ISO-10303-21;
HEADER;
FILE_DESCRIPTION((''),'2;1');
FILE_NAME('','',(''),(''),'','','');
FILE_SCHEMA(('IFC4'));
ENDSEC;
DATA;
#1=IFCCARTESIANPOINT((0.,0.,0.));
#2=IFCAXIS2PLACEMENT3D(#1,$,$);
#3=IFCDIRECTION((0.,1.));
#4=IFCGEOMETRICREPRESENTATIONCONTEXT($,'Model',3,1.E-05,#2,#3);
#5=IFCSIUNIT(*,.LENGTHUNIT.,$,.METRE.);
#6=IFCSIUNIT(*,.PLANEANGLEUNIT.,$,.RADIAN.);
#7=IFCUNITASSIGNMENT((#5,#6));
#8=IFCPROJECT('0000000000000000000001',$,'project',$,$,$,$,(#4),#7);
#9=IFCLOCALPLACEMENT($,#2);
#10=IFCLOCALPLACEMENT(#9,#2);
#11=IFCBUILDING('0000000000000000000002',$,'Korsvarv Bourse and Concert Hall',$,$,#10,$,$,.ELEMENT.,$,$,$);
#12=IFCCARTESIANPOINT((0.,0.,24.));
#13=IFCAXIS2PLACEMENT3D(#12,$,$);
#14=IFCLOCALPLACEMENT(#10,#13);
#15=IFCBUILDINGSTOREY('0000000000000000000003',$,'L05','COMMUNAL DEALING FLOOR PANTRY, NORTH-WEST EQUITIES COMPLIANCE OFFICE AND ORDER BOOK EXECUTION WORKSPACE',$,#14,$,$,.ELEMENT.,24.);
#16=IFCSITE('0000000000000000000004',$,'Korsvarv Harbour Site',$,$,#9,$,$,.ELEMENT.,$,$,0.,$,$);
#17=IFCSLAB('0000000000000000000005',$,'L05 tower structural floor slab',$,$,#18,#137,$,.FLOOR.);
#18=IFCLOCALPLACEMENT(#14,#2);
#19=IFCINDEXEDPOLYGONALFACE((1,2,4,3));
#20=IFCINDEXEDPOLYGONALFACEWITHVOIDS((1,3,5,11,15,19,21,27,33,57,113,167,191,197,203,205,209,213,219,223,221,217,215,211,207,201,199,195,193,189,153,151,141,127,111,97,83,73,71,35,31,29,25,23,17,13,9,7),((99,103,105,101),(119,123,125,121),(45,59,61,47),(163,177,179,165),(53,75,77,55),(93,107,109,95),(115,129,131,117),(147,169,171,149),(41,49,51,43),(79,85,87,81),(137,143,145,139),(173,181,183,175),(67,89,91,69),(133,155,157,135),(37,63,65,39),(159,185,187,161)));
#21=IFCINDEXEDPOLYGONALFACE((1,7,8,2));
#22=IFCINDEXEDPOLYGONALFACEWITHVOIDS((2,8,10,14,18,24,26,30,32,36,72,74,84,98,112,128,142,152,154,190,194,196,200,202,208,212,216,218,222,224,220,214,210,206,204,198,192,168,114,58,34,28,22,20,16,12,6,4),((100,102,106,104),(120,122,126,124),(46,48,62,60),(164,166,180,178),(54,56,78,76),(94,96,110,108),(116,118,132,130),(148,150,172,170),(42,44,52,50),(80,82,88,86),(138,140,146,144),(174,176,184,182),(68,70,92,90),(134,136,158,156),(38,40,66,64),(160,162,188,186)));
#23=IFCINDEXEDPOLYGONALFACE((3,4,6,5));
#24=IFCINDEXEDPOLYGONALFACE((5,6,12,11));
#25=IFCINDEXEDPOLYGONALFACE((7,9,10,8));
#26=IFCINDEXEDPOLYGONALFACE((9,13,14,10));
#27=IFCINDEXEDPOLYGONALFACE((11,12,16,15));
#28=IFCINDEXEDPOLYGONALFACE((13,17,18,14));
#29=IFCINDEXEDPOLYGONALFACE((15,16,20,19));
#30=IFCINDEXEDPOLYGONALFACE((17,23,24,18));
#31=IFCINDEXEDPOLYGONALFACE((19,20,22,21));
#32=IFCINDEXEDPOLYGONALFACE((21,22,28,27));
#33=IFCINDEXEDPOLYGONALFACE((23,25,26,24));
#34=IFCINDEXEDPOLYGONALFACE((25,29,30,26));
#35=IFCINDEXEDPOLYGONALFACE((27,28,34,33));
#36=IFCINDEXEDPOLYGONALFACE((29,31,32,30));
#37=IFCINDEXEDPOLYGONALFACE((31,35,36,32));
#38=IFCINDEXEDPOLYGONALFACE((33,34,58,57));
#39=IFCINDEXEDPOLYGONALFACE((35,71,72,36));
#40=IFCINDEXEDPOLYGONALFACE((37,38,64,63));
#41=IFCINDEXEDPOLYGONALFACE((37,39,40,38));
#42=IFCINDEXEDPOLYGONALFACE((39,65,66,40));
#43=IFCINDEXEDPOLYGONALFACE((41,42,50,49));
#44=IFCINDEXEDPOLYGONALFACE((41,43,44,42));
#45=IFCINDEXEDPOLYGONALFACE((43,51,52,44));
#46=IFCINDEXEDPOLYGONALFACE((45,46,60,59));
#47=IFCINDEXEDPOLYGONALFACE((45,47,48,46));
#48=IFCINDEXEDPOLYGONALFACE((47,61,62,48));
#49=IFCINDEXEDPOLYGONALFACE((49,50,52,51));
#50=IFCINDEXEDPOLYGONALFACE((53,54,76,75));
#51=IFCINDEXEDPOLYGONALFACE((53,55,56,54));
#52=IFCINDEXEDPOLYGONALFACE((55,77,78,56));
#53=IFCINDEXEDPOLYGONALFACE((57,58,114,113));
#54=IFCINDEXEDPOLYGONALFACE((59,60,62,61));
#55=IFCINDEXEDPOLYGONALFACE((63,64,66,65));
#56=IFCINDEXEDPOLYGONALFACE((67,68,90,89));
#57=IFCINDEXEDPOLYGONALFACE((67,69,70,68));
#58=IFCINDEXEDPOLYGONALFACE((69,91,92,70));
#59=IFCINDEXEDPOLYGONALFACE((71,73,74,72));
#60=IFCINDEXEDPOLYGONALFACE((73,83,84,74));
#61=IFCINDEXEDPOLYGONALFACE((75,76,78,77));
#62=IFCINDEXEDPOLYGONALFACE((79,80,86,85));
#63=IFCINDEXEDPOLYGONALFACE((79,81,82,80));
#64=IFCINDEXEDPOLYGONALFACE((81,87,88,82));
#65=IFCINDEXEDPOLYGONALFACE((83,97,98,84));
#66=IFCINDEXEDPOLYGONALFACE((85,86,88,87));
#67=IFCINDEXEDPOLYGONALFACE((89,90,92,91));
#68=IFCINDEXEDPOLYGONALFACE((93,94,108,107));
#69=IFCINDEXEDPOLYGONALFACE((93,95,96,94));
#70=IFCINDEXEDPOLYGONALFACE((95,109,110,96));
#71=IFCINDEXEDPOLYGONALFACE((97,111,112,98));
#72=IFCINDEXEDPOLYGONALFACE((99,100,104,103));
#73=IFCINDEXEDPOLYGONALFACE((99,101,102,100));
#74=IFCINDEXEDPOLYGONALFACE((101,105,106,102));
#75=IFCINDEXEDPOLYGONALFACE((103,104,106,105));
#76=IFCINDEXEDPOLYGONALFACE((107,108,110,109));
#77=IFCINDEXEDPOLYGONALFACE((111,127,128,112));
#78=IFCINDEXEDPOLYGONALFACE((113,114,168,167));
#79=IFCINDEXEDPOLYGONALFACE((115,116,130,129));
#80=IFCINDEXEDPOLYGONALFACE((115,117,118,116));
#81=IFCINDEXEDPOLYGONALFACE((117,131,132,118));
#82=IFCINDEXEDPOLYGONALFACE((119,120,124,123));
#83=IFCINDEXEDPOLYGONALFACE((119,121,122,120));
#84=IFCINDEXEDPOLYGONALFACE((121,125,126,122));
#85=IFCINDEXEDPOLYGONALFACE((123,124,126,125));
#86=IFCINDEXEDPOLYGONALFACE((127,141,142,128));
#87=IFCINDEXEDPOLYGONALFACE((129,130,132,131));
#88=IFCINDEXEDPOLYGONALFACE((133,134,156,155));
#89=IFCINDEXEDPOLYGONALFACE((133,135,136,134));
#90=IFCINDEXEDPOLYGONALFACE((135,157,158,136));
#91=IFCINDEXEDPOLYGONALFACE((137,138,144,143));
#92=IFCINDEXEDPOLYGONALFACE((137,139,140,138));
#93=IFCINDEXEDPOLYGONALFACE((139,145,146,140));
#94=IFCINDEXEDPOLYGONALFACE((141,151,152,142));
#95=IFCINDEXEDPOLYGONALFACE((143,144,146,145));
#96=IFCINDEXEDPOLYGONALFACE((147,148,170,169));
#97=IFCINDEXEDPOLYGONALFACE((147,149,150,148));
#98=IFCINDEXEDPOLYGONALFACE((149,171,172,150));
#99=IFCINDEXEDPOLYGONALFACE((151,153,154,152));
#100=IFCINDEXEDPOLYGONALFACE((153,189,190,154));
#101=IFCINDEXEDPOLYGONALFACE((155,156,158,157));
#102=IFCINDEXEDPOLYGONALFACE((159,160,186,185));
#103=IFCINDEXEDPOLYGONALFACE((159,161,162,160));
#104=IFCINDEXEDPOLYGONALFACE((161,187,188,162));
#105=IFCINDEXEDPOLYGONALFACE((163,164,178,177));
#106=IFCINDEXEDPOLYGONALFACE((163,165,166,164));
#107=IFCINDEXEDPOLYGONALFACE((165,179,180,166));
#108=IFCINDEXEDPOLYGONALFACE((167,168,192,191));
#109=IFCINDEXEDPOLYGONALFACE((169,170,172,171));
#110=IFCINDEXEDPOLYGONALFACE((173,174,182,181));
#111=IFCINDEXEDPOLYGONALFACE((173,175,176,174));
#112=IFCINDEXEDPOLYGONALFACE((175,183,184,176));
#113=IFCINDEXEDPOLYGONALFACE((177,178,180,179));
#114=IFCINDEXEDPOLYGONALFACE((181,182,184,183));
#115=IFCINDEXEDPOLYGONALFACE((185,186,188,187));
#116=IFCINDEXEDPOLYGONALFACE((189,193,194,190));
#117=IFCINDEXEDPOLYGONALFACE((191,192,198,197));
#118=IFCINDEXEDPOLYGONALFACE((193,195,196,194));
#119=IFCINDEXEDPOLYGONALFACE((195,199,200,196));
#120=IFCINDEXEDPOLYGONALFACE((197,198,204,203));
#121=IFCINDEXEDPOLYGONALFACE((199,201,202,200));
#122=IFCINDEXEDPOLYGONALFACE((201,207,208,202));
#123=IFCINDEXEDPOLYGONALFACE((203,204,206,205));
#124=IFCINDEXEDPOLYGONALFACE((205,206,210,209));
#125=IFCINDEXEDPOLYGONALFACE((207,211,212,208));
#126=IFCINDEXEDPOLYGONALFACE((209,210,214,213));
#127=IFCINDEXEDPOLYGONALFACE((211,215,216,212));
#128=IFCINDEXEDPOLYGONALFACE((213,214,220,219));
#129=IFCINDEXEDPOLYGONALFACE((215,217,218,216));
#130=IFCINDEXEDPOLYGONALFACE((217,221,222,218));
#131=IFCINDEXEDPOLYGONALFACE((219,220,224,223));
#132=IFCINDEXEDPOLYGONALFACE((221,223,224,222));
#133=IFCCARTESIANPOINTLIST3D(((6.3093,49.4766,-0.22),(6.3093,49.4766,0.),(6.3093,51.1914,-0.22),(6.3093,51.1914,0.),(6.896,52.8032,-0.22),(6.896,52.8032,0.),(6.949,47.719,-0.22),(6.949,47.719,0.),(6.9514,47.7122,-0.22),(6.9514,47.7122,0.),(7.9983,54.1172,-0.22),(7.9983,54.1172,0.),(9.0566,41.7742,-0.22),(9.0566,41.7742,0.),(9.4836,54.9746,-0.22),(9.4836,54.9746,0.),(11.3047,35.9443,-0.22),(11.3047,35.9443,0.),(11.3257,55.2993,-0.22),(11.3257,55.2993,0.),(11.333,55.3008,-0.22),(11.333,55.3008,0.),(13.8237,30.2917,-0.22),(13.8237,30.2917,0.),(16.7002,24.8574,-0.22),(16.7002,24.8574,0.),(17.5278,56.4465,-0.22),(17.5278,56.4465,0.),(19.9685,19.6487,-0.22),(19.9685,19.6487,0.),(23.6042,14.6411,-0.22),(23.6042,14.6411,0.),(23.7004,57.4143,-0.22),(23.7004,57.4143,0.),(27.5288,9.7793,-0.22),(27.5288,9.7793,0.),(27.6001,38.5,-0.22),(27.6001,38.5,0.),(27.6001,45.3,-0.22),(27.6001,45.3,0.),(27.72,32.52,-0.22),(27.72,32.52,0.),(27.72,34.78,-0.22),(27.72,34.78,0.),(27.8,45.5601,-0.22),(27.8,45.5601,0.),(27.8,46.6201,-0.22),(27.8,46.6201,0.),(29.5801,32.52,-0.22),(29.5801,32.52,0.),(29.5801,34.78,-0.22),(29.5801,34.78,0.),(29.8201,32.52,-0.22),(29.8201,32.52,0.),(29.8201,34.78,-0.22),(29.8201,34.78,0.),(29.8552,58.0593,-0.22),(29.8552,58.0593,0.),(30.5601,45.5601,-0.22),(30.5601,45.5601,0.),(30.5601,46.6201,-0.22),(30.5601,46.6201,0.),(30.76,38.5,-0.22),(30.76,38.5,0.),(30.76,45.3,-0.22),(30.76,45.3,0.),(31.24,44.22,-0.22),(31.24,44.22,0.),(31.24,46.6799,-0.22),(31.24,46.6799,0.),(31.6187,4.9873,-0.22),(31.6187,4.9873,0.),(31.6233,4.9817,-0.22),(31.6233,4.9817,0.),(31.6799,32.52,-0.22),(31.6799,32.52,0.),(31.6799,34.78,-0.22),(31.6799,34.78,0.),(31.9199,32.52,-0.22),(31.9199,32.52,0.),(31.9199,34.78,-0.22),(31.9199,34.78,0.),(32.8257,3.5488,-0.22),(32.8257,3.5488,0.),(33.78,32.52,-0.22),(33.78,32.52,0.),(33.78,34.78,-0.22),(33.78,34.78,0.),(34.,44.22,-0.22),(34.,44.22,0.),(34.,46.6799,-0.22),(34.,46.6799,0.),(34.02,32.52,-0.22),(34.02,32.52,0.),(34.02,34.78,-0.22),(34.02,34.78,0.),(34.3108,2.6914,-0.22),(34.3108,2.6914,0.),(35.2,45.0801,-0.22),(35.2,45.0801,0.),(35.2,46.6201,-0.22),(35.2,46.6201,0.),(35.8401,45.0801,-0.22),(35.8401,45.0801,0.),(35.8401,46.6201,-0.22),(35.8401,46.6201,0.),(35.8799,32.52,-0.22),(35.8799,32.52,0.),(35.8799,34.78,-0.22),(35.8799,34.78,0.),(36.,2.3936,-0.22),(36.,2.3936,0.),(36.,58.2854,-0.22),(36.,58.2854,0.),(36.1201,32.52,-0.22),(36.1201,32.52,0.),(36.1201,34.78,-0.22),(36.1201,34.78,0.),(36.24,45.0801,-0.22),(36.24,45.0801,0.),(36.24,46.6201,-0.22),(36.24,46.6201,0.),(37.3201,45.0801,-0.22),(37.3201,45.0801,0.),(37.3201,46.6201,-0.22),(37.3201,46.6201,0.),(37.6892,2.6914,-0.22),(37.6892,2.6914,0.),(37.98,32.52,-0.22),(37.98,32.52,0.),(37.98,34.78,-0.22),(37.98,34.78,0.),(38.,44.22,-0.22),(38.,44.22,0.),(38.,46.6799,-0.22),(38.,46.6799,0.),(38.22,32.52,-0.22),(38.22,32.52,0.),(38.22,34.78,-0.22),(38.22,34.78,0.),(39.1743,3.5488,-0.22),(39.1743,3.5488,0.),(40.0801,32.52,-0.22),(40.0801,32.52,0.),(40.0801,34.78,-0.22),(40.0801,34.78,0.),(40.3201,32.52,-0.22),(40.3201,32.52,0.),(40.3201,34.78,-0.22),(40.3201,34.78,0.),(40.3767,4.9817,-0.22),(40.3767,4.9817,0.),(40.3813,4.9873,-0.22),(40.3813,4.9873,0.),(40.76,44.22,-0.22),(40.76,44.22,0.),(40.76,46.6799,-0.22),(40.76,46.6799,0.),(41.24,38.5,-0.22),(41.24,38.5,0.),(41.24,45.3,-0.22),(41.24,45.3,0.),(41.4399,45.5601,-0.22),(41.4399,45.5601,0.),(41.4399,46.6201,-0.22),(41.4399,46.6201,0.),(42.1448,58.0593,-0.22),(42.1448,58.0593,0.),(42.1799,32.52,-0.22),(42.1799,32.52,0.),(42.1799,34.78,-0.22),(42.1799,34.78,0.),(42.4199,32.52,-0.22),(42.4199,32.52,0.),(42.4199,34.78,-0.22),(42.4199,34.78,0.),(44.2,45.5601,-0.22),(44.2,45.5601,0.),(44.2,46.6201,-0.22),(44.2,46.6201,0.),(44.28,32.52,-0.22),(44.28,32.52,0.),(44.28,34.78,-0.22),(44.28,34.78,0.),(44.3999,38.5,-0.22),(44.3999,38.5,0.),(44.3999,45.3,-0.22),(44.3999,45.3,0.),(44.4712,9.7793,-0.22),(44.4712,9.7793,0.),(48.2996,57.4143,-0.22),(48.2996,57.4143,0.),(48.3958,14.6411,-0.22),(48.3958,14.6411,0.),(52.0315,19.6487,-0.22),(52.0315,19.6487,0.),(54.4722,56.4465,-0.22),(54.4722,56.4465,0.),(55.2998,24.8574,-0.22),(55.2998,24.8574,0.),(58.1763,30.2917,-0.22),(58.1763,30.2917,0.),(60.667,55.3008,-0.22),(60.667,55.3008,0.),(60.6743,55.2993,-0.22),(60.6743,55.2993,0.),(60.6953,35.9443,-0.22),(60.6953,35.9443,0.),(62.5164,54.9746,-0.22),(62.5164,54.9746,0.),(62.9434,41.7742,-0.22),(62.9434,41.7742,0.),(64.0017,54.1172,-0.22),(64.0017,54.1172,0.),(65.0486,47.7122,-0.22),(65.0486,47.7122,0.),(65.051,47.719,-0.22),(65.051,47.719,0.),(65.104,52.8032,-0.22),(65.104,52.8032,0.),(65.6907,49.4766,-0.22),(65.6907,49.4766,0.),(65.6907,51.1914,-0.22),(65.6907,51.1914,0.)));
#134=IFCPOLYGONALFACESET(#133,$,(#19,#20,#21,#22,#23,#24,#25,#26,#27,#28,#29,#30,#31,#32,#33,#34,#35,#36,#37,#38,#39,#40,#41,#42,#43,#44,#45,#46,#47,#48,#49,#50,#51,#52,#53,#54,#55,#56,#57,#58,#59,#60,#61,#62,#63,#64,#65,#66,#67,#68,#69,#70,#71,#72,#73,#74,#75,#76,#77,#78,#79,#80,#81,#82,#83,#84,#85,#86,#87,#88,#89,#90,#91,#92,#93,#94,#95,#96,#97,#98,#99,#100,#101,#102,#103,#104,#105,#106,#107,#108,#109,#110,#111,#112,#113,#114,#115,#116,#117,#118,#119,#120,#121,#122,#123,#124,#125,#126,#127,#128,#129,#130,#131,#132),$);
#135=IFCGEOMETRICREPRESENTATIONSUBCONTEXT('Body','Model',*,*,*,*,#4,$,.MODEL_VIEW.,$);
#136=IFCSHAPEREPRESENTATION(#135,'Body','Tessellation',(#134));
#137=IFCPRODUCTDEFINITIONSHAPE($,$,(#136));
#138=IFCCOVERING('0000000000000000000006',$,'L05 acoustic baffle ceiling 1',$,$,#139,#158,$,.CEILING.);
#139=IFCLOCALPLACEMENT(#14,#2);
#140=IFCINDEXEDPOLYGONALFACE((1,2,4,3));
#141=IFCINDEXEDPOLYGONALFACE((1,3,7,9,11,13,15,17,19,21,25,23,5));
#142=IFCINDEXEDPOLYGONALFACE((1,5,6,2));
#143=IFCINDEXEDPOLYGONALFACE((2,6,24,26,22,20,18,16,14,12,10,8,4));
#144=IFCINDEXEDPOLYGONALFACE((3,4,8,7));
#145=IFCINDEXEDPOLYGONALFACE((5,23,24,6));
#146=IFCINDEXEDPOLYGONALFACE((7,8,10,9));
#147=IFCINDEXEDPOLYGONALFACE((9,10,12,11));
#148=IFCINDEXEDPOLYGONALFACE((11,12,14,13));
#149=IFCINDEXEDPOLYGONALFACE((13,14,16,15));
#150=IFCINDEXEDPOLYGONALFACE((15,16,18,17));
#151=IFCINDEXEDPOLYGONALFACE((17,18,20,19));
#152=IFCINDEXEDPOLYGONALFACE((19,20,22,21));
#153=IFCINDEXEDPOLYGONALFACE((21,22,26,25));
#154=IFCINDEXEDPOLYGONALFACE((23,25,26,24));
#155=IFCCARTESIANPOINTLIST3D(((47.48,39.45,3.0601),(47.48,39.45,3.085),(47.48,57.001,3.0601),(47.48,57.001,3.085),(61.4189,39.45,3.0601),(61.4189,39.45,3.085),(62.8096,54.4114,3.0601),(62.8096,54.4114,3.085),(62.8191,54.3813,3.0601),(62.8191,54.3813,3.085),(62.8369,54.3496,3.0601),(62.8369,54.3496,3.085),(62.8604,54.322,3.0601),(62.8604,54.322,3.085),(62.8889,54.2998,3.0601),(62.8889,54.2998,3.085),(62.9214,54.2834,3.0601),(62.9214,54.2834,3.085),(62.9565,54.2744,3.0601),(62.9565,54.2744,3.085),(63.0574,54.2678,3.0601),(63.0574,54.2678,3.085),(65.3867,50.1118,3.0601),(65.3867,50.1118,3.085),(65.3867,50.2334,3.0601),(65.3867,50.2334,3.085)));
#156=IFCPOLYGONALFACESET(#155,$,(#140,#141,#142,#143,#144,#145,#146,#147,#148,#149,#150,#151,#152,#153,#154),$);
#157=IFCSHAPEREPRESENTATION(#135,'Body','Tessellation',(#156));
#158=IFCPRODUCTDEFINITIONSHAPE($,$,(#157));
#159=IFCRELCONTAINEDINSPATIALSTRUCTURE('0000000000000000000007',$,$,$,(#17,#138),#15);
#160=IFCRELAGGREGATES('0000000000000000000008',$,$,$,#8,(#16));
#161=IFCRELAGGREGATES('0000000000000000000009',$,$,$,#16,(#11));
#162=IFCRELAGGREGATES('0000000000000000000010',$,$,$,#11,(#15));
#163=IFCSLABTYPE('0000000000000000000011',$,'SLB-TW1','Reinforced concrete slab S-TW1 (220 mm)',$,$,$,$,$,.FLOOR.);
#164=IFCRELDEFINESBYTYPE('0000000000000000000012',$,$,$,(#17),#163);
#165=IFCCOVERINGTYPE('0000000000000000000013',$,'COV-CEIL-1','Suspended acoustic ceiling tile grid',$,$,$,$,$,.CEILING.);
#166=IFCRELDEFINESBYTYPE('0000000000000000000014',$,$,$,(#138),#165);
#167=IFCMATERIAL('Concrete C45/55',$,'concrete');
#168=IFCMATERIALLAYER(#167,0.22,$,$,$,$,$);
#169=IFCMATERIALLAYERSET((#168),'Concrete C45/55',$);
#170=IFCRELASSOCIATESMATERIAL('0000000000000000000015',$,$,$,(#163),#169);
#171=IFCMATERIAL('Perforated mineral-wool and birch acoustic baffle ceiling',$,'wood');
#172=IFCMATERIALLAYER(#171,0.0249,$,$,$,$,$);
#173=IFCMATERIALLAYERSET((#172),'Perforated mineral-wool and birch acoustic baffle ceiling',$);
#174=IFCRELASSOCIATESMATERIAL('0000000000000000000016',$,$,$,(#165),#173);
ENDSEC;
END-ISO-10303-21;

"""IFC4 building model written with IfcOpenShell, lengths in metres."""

from ifc_helpers import new_model, si_unit, direction, frame, origin, place, context, subcontext, project, spatial, polyline, outline, extrude, material, layer, layer_set, type_object, element, save


model = new_model("IFC4")

# Units and contexts
model_context = context("Model", 3, precision=1e-05, world=origin(), true_north=direction((0.0, 1.0)))
body_context = subcontext(model_context, "Body", "Model", "MODEL_VIEW")
ifc_project = project(units=[si_unit("LENGTHUNIT", "METRE"), si_unit("PLANEANGLEUNIT", "RADIAN")], contexts=[model_context])

# Site, building, storey
site_placement = place(None, origin())
site = spatial("IfcSite", under=ifc_project, at=site_placement, Name="Korsvarv Harbour Site", CompositionType="ELEMENT", RefElevation=0.0)
building_placement = place(site_placement, origin())
building = spatial("IfcBuilding", under=site, at=building_placement, Name="Korsvarv Bourse and Concert Hall", CompositionType="ELEMENT")
storey_placement = place(building_placement, frame((0.0, 0.0, 24.0)))
storey = spatial("IfcBuildingStorey", under=building, at=storey_placement, Name="L05", Description="COMMUNAL DEALING FLOOR PANTRY, NORTH-WEST EQUITIES COMPLIANCE OFFICE AND ORDER BOOK EXECUTION WORKSPACE", CompositionType="ELEMENT", Elevation=24.0)

# Shared definitions
ifc_material_1 = material(Name="Concrete C45/55", Category="concrete")

# Slab
ifc_layer_1 = layer(ifc_material_1, 0.22)
ifc_layer_set_1 = layer_set([ifc_layer_1], Name="Concrete C45/55")
slab_type_1 = type_object("IfcSlabType", Name="SLB-TW1", Description="Reinforced concrete slab S-TW1 (220 mm)", PredefinedType="FLOOR", material=ifc_layer_set_1)
slab_1_placement = place(storey_placement, frame((0.0, 0.0, -0.22)))
element("IfcSlab", 1, at=slab_1_placement, inside=storey, type_object=slab_type_1, Name="L05 tower structural floor slab", PredefinedType="FLOOR", context=body_context, shape_type="SweptSolid", body=[
    extrude(outline(polyline([(65.0486, 47.7122), (62.9434, 41.7742), (60.6953, 35.9443), (58.1763, 30.2917), (55.2998, 24.8574), (52.0315, 19.6487), (48.3958, 14.6411), (44.4712, 9.7793), (40.3813, 4.9873), (40.3767, 4.9817), (39.1743, 3.5488), (37.6892, 2.6914), (36.0, 2.3936), (34.3108, 2.6914), (32.8257, 3.5488), (31.6233, 4.9817), (31.6187, 4.9873), (27.5288, 9.7793), (23.6042, 14.6411), (19.9685, 19.6487), (16.7002, 24.8574), (13.8237, 30.2917), (11.3047, 35.9443), (9.0566, 41.7742), (6.9514, 47.7122), (6.949, 47.719), (6.3093, 49.4766), (6.3093, 51.1914), (6.896, 52.8032), (7.9983, 54.1172), (9.4836, 54.9746), (11.3257, 55.2993), (11.333, 55.3008), (17.5278, 56.4465), (23.7004, 57.4143), (29.8552, 58.0593), (36.0, 58.2854), (42.1448, 58.0593), (48.2996, 57.4143), (54.4722, 56.4465), (60.667, 55.3008), (60.6743, 55.2993), (62.5164, 54.9746), (64.0017, 54.1172), (65.104, 52.8032), (65.6907, 51.1914), (65.6907, 49.4766), (65.051, 47.719), (65.0486, 47.7122)]), holes=[polyline([(30.76, 38.5), (30.76, 45.3), (27.6001, 45.3), (27.6001, 38.5), (30.76, 38.5)]), polyline([(44.3999, 38.5), (44.3999, 45.3), (41.24, 45.3), (41.24, 38.5), (44.3999, 38.5)]), polyline([(31.24, 44.22), (34.0, 44.22), (34.0, 46.6799), (31.24, 46.6799), (31.24, 44.22)]), polyline([(38.0, 44.22), (40.76, 44.22), (40.76, 46.6799), (38.0, 46.6799), (38.0, 44.22)]), polyline([(27.72, 32.52), (29.5801, 32.52), (29.5801, 34.78), (27.72, 34.78), (27.72, 32.52)]), polyline([(29.8201, 32.52), (31.6799, 32.52), (31.6799, 34.78), (29.8201, 34.78), (29.8201, 32.52)]), polyline([(31.9199, 32.52), (33.78, 32.52), (33.78, 34.78), (31.9199, 34.78), (31.9199, 32.52)]), polyline([(34.02, 32.52), (35.8799, 32.52), (35.8799, 34.78), (34.02, 34.78), (34.02, 32.52)]), polyline([(36.1201, 32.52), (37.98, 32.52), (37.98, 34.78), (36.1201, 34.78), (36.1201, 32.52)]), polyline([(38.22, 32.52), (40.0801, 32.52), (40.0801, 34.78), (38.22, 34.78), (38.22, 32.52)]), polyline([(40.3201, 32.52), (42.1799, 32.52), (42.1799, 34.78), (40.3201, 34.78), (40.3201, 32.52)]), polyline([(42.4199, 32.52), (44.28, 32.52), (44.28, 34.78), (42.4199, 34.78), (42.4199, 32.52)]), polyline([(27.8, 45.5601), (30.5601, 45.5601), (30.5601, 46.6201), (27.8, 46.6201), (27.8, 45.5601)]), polyline([(41.4399, 45.5601), (44.2, 45.5601), (44.2, 46.6201), (41.4399, 46.6201), (41.4399, 45.5601)]), polyline([(35.2, 45.0801), (35.8401, 45.0801), (35.8401, 46.6201), (35.2, 46.6201), (35.2, 45.0801)]), polyline([(36.24, 45.0801), (37.3201, 45.0801), (37.3201, 46.6201), (36.24, 46.6201), (36.24, 45.0801)])]), origin(), (0.0, 0.0, 1.0), 0.22),
])

# Covering
ifc_material_2 = material(Name="Perforated mineral-wool and birch acoustic baffle ceiling", Category="wood")
ifc_layer_2 = layer(ifc_material_2, 0.0249)
ifc_layer_set_2 = layer_set([ifc_layer_2], Name="Perforated mineral-wool and birch acoustic baffle ceiling")
covering_type_1 = type_object("IfcCoveringType", Name="COV-CEIL-1", Description="Suspended acoustic ceiling tile grid", PredefinedType="CEILING", material=ifc_layer_set_2)
covering_1_placement = place(storey_placement, frame((0.0, 0.0, 3.0601)))
element("IfcCovering", 2, at=covering_1_placement, inside=storey, type_object=covering_type_1, Name="L05 acoustic baffle ceiling 1", PredefinedType="CEILING", context=body_context, shape_type="SweptSolid", body=[
    extrude(outline(polyline([(47.48, 57.001), (62.8096, 54.4114), (62.8191, 54.3813), (62.8369, 54.3496), (62.8604, 54.322), (62.8889, 54.2998), (62.9214, 54.2834), (62.9565, 54.2744), (63.0574, 54.2678), (65.3867, 50.2334), (65.3867, 50.1118), (61.4189, 39.45), (47.48, 39.45), (47.48, 57.001)])), origin(), (0.0, 0.0, 1.0), 0.0249),
])

save(model, "model.ifc")
